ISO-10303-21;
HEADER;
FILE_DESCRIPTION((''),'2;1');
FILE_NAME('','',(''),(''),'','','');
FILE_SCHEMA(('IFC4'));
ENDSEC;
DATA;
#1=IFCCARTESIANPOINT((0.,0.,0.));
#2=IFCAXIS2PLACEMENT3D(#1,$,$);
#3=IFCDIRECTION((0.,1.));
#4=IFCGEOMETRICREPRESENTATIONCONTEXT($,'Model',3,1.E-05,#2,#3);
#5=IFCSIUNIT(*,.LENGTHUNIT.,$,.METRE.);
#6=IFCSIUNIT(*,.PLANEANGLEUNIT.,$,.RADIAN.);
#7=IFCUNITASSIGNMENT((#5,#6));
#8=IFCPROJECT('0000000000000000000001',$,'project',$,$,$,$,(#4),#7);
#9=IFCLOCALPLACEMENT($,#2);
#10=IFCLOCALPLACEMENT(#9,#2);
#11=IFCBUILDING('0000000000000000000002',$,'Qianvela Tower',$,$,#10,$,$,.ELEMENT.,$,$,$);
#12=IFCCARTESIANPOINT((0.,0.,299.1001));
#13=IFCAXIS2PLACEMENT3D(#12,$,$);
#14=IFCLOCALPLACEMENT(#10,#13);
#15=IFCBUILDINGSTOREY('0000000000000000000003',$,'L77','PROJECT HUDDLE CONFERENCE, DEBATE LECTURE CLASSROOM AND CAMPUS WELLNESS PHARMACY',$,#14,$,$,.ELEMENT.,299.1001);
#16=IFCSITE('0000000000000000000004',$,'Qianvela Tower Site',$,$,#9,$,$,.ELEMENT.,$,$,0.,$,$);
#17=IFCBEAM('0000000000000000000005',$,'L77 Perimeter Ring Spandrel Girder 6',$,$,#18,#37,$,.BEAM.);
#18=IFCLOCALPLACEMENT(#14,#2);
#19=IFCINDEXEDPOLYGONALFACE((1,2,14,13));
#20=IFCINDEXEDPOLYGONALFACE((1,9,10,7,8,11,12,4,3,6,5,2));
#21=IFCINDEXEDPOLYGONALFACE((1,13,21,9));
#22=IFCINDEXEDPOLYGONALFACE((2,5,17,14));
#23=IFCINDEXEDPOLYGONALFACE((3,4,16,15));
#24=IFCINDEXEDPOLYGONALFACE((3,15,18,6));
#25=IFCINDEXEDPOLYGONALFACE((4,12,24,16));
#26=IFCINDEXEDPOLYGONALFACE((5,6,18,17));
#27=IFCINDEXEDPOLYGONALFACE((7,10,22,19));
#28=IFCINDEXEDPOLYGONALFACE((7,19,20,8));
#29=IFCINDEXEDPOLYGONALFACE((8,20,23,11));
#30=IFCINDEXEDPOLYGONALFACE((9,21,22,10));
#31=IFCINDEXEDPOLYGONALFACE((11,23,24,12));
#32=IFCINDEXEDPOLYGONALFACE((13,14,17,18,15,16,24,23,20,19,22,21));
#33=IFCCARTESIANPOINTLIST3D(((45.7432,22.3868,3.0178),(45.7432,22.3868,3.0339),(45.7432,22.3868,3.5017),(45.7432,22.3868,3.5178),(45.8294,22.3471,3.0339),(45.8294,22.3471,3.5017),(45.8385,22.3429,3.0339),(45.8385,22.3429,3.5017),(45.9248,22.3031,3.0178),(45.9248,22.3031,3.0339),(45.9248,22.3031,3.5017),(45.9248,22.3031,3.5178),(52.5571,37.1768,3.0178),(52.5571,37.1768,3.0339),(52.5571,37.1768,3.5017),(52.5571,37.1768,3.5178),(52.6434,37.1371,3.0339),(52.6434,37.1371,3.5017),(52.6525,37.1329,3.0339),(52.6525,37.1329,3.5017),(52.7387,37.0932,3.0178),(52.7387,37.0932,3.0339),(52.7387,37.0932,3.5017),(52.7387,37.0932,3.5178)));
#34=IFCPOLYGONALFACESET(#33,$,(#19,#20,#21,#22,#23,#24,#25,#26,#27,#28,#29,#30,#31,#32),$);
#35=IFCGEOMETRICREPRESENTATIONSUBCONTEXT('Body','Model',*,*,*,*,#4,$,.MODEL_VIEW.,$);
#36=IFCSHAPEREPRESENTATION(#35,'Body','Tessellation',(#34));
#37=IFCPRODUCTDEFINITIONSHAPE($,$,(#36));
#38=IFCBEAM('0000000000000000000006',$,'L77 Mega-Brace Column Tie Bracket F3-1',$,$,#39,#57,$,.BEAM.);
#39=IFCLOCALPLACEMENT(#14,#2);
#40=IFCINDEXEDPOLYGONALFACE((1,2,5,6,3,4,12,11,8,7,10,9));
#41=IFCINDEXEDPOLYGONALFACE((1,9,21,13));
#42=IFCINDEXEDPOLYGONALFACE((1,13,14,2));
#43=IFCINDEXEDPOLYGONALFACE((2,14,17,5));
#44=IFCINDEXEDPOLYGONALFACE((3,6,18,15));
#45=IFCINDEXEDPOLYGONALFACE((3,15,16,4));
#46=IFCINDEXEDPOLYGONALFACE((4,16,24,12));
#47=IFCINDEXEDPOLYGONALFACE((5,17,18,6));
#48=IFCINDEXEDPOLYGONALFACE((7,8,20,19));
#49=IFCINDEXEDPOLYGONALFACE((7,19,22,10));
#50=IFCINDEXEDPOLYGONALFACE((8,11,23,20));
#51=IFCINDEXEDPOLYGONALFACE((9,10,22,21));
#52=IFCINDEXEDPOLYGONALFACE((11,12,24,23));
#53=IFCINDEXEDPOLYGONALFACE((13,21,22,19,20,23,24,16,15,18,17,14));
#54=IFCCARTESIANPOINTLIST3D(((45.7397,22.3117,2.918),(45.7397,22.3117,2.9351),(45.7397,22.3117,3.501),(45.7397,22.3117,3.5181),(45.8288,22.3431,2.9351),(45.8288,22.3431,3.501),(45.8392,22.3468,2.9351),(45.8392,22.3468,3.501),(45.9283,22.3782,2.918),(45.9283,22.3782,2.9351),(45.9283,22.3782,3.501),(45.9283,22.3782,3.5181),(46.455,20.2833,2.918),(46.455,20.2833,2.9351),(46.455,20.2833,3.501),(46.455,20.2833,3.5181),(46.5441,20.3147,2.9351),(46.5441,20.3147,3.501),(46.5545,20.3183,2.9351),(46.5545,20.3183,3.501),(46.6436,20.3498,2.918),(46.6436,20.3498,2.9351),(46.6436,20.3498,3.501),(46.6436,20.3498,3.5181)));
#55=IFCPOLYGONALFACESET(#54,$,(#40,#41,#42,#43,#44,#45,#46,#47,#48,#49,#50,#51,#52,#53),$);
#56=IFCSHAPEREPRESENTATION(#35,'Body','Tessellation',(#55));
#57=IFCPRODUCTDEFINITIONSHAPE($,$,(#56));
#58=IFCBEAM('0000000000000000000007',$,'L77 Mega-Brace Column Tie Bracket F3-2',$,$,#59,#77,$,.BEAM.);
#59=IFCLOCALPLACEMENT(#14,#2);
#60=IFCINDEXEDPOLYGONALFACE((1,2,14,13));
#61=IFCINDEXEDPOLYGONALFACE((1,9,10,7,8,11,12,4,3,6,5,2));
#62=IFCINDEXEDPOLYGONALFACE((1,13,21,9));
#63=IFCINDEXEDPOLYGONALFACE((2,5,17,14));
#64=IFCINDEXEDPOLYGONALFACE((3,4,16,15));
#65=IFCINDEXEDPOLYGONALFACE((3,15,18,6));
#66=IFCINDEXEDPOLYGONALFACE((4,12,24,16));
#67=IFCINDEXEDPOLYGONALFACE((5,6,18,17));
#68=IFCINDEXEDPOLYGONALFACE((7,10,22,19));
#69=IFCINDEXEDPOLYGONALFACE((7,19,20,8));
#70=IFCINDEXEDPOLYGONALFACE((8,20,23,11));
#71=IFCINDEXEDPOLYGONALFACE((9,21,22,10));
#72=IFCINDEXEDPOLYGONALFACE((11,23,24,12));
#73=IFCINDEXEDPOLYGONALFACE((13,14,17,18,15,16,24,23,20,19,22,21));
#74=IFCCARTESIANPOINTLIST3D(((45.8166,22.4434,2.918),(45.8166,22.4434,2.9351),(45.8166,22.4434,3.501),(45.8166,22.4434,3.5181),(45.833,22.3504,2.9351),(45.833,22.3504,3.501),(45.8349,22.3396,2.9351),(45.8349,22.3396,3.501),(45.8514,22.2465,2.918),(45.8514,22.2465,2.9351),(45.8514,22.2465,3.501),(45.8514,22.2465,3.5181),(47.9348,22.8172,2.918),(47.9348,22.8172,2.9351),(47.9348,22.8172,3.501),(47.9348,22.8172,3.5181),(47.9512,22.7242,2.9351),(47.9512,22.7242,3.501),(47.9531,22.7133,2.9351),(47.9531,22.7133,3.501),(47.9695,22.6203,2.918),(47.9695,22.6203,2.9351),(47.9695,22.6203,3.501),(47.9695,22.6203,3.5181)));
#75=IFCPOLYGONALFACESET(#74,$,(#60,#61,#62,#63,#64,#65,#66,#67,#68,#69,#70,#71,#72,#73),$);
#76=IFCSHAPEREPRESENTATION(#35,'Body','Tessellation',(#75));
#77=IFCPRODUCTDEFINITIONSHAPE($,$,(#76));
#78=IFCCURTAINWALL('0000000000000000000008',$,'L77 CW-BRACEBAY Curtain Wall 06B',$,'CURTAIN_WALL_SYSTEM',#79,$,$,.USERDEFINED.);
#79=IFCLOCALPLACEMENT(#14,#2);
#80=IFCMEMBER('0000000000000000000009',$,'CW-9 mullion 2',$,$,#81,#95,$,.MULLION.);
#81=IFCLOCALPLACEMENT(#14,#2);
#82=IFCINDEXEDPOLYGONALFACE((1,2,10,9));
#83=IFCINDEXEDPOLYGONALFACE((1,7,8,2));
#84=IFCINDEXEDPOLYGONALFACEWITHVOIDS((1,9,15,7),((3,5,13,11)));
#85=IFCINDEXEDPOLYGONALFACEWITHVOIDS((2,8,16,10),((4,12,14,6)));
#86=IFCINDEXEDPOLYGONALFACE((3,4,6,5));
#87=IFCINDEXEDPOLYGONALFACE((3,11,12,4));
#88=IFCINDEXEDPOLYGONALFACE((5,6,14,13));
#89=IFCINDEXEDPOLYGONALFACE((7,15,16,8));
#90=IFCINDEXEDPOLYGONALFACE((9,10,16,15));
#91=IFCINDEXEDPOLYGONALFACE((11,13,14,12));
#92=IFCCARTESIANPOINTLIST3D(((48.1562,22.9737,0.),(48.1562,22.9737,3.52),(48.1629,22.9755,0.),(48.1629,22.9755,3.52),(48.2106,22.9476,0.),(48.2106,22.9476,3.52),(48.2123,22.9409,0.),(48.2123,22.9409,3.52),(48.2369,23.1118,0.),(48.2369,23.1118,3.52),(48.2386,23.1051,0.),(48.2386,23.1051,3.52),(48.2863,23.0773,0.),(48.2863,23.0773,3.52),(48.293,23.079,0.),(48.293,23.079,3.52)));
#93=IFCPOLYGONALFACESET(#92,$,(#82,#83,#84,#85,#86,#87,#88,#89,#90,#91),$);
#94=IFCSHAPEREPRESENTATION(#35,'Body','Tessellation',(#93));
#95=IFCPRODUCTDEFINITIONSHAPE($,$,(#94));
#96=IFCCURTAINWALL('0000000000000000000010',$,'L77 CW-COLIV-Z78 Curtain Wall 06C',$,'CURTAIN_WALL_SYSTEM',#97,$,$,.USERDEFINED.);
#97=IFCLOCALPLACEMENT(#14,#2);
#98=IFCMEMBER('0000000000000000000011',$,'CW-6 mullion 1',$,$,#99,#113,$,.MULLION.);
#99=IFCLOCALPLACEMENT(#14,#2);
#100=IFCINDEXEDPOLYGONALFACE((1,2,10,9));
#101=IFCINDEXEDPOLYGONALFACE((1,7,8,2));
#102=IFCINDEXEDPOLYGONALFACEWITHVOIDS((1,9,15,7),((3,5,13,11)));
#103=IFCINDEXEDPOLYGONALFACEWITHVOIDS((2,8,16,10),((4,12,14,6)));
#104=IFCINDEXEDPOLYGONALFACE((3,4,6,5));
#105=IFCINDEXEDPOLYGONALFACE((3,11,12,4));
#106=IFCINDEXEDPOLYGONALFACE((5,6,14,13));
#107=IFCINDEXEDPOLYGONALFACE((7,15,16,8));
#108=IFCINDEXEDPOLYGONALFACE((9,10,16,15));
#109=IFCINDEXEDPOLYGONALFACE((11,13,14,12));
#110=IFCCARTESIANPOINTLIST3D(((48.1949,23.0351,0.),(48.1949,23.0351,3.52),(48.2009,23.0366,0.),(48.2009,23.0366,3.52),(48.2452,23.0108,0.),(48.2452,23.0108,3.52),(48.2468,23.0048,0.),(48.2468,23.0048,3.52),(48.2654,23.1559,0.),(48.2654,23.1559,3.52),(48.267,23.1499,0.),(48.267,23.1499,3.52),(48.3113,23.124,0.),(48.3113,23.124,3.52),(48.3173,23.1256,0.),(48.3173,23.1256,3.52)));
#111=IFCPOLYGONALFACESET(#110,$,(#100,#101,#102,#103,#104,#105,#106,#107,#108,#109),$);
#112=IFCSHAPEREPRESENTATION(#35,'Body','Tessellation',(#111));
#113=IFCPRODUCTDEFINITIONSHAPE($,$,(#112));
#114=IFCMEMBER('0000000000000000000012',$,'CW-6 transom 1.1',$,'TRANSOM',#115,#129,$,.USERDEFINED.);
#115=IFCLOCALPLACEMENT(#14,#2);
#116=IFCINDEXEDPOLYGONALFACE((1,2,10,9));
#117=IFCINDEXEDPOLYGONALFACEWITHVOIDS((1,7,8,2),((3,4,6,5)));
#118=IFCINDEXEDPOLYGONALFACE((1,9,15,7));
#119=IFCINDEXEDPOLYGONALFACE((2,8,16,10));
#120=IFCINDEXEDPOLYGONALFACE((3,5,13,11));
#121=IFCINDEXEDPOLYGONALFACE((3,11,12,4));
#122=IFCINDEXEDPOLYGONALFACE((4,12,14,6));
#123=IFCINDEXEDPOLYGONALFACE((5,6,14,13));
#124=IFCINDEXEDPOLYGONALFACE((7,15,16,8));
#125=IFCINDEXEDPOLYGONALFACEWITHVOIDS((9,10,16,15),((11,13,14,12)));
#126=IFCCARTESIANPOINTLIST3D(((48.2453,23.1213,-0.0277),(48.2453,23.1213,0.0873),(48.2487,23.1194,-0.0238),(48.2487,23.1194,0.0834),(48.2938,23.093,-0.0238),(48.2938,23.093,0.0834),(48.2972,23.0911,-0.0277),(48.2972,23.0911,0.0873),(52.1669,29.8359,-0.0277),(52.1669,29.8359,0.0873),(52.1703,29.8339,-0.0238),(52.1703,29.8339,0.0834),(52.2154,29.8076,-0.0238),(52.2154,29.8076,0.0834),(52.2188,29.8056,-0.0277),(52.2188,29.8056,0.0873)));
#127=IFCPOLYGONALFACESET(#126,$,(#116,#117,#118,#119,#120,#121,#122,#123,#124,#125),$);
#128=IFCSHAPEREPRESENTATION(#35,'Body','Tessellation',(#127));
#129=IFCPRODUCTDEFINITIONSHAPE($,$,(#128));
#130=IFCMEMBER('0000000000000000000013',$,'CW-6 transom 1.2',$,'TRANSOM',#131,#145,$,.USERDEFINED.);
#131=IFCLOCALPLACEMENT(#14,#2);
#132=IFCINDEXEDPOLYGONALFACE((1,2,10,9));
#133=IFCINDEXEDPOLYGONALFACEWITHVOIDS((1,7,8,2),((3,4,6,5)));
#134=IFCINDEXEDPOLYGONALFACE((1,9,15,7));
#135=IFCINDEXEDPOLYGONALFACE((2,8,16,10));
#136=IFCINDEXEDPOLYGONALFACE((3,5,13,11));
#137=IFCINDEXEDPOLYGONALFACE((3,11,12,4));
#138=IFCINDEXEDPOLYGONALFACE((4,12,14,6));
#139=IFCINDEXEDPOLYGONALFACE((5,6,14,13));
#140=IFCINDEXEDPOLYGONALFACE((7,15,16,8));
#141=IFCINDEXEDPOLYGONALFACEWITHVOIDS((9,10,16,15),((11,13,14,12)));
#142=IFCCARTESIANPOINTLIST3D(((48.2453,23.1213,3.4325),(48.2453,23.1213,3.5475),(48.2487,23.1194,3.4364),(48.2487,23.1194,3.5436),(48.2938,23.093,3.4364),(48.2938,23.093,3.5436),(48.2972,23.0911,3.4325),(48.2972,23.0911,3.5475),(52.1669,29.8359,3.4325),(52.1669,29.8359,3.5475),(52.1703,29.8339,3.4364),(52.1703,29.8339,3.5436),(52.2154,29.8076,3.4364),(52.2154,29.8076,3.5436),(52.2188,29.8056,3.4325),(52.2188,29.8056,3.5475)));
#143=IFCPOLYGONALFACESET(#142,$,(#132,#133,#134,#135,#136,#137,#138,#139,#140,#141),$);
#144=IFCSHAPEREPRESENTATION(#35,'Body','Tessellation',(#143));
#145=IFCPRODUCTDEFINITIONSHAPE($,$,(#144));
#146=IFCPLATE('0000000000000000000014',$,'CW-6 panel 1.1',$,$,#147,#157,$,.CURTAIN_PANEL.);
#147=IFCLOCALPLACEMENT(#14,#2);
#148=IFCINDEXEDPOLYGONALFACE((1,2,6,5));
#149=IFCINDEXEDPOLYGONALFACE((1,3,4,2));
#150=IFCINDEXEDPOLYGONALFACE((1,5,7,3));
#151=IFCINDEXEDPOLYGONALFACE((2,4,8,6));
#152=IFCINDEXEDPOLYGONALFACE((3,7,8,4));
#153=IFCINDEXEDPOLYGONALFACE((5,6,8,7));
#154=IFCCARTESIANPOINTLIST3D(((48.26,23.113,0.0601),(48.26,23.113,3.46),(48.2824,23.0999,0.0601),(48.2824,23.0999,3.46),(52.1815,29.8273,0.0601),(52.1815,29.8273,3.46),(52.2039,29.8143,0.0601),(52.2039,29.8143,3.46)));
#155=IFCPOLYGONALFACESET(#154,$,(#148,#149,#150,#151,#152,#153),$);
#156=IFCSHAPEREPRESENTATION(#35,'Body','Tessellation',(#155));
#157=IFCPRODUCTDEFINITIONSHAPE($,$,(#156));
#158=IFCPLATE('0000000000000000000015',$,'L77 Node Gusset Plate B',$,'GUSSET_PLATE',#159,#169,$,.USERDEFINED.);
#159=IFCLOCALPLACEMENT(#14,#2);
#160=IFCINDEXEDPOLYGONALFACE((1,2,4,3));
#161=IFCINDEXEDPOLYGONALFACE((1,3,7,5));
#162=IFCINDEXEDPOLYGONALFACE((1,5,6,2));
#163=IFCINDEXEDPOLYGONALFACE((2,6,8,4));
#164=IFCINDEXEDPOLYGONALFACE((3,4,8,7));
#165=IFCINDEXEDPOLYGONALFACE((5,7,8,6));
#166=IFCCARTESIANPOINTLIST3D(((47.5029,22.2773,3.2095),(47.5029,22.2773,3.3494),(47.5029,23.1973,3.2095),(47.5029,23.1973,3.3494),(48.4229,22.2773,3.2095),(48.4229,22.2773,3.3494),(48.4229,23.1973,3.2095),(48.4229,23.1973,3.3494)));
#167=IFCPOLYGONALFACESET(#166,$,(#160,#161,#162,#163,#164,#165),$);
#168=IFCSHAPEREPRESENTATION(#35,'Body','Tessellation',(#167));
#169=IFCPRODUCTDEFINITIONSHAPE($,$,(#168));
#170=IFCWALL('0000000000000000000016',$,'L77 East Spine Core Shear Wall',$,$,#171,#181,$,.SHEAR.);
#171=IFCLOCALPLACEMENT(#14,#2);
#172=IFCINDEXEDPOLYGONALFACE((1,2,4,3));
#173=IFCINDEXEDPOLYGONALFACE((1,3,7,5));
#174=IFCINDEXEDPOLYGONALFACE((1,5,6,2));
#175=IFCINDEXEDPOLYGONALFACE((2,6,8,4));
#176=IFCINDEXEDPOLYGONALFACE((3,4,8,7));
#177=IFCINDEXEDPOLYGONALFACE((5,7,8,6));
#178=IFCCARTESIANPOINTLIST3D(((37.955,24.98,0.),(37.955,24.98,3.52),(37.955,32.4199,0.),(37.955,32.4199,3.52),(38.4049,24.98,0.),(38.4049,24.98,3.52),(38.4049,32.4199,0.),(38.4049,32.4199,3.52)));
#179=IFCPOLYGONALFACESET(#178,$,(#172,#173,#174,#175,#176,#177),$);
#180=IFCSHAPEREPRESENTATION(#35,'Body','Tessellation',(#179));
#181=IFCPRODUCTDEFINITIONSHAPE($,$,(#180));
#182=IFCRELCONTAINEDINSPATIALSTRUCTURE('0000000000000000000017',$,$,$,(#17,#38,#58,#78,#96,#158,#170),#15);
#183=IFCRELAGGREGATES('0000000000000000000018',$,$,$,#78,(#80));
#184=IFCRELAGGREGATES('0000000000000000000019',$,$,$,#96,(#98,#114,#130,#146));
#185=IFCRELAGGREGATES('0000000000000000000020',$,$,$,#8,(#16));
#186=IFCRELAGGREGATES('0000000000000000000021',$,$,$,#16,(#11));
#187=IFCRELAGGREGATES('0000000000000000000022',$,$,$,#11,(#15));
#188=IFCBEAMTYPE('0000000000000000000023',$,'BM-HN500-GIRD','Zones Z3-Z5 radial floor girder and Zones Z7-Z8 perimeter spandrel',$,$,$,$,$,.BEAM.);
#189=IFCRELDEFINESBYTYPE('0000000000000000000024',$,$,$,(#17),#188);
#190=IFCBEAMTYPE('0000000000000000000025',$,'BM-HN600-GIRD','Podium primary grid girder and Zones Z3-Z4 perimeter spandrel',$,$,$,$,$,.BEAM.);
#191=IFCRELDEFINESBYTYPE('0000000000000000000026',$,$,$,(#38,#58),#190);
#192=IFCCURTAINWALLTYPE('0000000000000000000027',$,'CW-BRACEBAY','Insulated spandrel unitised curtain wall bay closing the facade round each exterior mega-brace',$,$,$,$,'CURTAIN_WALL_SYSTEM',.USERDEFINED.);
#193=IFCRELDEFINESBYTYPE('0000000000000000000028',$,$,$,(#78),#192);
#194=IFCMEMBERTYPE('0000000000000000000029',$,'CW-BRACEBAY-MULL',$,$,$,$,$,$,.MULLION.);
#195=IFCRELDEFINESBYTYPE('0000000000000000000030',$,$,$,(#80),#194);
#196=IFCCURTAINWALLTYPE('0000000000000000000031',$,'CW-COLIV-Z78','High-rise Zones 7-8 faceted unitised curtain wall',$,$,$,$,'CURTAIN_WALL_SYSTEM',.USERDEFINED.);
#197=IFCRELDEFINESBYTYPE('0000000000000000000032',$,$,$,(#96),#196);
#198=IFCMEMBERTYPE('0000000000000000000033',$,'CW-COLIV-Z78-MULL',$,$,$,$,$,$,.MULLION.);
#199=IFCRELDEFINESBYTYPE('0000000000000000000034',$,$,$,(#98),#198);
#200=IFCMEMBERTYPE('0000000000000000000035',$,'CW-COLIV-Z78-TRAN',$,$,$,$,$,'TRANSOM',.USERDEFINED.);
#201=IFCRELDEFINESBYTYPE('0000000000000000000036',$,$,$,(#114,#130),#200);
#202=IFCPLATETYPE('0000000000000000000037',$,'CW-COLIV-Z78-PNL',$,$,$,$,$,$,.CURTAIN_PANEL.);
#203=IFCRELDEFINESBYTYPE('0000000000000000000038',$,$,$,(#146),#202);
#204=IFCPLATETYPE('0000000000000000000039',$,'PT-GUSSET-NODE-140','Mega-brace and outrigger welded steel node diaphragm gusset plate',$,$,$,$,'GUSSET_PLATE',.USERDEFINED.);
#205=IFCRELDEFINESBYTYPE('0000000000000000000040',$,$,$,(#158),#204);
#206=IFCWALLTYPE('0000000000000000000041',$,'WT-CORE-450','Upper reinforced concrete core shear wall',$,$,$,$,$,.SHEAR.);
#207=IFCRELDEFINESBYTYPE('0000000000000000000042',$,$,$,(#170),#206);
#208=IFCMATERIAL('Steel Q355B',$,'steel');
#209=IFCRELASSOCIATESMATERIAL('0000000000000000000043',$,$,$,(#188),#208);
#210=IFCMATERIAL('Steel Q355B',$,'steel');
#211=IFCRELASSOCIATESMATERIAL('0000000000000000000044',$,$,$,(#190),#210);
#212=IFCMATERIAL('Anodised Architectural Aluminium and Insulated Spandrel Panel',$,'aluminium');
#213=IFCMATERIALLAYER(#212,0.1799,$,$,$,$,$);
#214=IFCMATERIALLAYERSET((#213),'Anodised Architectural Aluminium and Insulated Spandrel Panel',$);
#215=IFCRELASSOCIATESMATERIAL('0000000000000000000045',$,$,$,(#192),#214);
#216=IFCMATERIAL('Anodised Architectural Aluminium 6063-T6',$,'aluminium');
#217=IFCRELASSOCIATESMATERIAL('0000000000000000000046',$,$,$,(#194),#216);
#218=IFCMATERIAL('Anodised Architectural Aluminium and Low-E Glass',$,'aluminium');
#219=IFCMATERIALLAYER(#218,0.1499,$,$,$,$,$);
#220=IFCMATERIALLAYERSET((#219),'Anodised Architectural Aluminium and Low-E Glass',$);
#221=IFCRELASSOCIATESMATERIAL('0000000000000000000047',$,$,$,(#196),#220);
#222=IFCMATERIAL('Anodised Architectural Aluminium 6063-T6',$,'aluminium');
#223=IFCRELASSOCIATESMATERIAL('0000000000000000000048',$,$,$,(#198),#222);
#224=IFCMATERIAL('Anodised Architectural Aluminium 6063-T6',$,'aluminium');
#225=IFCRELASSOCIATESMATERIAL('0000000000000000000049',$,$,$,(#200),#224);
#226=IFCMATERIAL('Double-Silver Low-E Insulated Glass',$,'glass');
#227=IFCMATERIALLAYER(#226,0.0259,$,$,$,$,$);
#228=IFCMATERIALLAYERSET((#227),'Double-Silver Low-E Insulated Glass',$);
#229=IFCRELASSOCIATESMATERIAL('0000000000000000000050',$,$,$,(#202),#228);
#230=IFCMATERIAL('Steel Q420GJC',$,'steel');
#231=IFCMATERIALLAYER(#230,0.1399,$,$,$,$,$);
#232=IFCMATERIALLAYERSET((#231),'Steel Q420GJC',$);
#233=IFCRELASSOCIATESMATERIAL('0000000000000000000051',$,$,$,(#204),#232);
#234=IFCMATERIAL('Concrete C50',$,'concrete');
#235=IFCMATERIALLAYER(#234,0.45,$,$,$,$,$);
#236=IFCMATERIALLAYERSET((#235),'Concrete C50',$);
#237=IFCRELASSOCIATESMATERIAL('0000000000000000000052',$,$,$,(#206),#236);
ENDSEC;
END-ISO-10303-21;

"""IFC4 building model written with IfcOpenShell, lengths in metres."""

from ifc_helpers import new_model, si_unit, direction, frame, frame_2d, origin, origin_2d, place, context, subcontext, project, spatial, rectangle, hollow_rectangle, i_section, extrude, material, layer, layer_set, material_profile, profile_set, type_object, element, aggregate, save


model = new_model("IFC4")

# Units and contexts
model_context = context("Model", 3, precision=1e-05, world=origin(), true_north=direction((0.0, 1.0)))
body_context = subcontext(model_context, "Body", "Model", "MODEL_VIEW")
ifc_project = project(units=[si_unit("LENGTHUNIT", "METRE"), si_unit("PLANEANGLEUNIT", "RADIAN")], contexts=[model_context])

# Site, building, storey
site_placement = place(None, origin())
site = spatial("IfcSite", under=ifc_project, at=site_placement, Name="Qianvela Tower Site", CompositionType="ELEMENT", RefElevation=0.0)
building_placement = place(site_placement, origin())
building = spatial("IfcBuilding", under=site, at=building_placement, Name="Qianvela Tower", CompositionType="ELEMENT")
storey_placement = place(building_placement, frame((0.0, 0.0, 299.1001)))
storey = spatial("IfcBuildingStorey", under=building, at=storey_placement, Name="L77", Description="PROJECT HUDDLE CONFERENCE, DEBATE LECTURE CLASSROOM AND CAMPUS WELLNESS PHARMACY", CompositionType="ELEMENT", Elevation=299.1001)

# Beams
ifc_material_1 = material(Name="Steel Q355B", Category="steel")
ifc_material_profile_1 = material_profile(ifc_material_1, i_section(OverallWidth=0.2, OverallDepth=0.5, WebThickness=0.01, FlangeThickness=0.0161, at=origin_2d()), Name="HN500x200x10x16")
ifc_profile_set_1 = profile_set([ifc_material_profile_1], Name="Steel Q355B")
beam_type_1 = type_object("IfcBeamType", Name="BM-HN500-GIRD", Description="Zones Z3-Z5 radial floor girder and Zones Z7-Z8 perimeter spandrel", PredefinedType="BEAM", material=ifc_profile_set_1)
beam_placement = place(storey_placement, frame((45.834, 22.345, 3.2678), z_axis=(0.41844, 0.908244, 0.0), x_axis=(-0.908244, 0.41844, 0.0)))
element("IfcBeam", 1, at=beam_placement, inside=storey, type_object=beam_type_1, Name="L77 Perimeter Ring Spandrel Girder 6", PredefinedType="BEAM", context=body_context, shape_type="SweptSolid", body=[
    extrude(i_section(OverallWidth=0.2, OverallDepth=0.5, WebThickness=0.01, FlangeThickness=0.0161, at=origin_2d()), origin(), (0.0, 0.0, 1.0), 16.2842),
])
ifc_material_2 = material(Name="Steel Q355B", Category="steel")
ifc_material_profile_2 = material_profile(ifc_material_2, i_section(OverallWidth=0.2, OverallDepth=0.6001, WebThickness=0.011, FlangeThickness=0.0171, at=origin_2d()), Name="HN600x200x11x17")
ifc_profile_set_2 = profile_set([ifc_material_profile_2], Name="Steel Q355B")
beam_type_2 = type_object("IfcBeamType", Name="BM-HN600-GIRD", Description="Podium primary grid girder and Zones Z3-Z4 perimeter spandrel", PredefinedType="BEAM", material=ifc_profile_set_2)
for number, where, z_axis, x_axis, name in (
    (2, (45.834, 22.345, 3.218), (0.332559, -0.943082, 0.0), (0.943082, 0.332559, 0.0), "L77 Mega-Brace Column Tie Bracket F3-1"),
    (3, (45.834, 22.345, 3.218), (0.984785, 0.173779, 0.0), (-0.173779, 0.984785, 0.0), "L77 Mega-Brace Column Tie Bracket F3-2"),
):
    element("IfcBeam", number, at=place(storey_placement, frame(where, z_axis=z_axis, x_axis=x_axis)), inside=storey, type_object=beam_type_2, Name=name, PredefinedType="BEAM", context=body_context, shape_type="SweptSolid", body=[
        extrude(i_section(OverallWidth=0.2, OverallDepth=0.6001, WebThickness=0.011, FlangeThickness=0.0171, at=origin_2d()), origin(), (0.0, 0.0, 1.0), 2.1509),
    ])

# Curtain wall, member
ifc_material_3 = material(Name="Anodised Architectural Aluminium and Insulated Spandrel Panel", Category="aluminium")
ifc_layer_1 = layer(ifc_material_3, 0.1799)
ifc_layer_set_1 = layer_set([ifc_layer_1], Name="Anodised Architectural Aluminium and Insulated Spandrel Panel")
curtain_wall_type_1 = type_object("IfcCurtainWallType", Name="CW-BRACEBAY", Description="Insulated spandrel unitised curtain wall bay closing the facade round each exterior mega-brace", ElementType="CURTAIN_WALL_SYSTEM", PredefinedType="USERDEFINED", material=ifc_layer_set_1)
curtain_wall_1_placement = place(storey_placement, origin())
curtain_wall_1 = element("IfcCurtainWall", 4, at=curtain_wall_1_placement, inside=storey, type_object=curtain_wall_type_1, Name="L77 CW-BRACEBAY Curtain Wall 06B", ObjectType="CURTAIN_WALL_SYSTEM", PredefinedType="USERDEFINED")
ifc_material_4 = material(Name="Anodised Architectural Aluminium 6063-T6", Category="aluminium")
ifc_material_profile_3 = material_profile(ifc_material_4, hollow_rectangle(XDim=0.0649, YDim=0.1599, WallThickness=0.0049, at=origin_2d()), Name="ALU-MULL-65x160")
ifc_profile_set_3 = profile_set([ifc_material_profile_3], Name="Anodised Architectural Aluminium 6063-T6")
member_type_1 = type_object("IfcMemberType", Name="CW-BRACEBAY-MULL", PredefinedType="MULLION", material=ifc_profile_set_3)
member_1_placement = place(storey_placement, frame((48.2246, 23.0264, 0.0), z_axis=(0.0, 0.0, 1.0), x_axis=(-0.86351, 0.504331, 0.0)))
member_1 = element("IfcMember", 5, at=member_1_placement, type_object=member_type_1, Name="CW-9 mullion 2", PredefinedType="MULLION", context=body_context, shape_type="SweptSolid", body=[
    extrude(hollow_rectangle(XDim=0.0649, YDim=0.1599, WallThickness=0.0049, at=origin_2d()), origin(), (0.0, 0.0, 1.0), 3.52),
])
aggregate(curtain_wall_1, [member_1])

# Curtain wall, members, plate
ifc_material_5 = material(Name="Anodised Architectural Aluminium and Low-E Glass", Category="aluminium")
ifc_layer_2 = layer(ifc_material_5, 0.1499)
ifc_layer_set_2 = layer_set([ifc_layer_2], Name="Anodised Architectural Aluminium and Low-E Glass")
curtain_wall_type_2 = type_object("IfcCurtainWallType", Name="CW-COLIV-Z78", Description="High-rise Zones 7-8 faceted unitised curtain wall", ElementType="CURTAIN_WALL_SYSTEM", PredefinedType="USERDEFINED", material=ifc_layer_set_2)
curtain_wall_2_placement = place(storey_placement, origin())
curtain_wall_2 = element("IfcCurtainWall", 6, at=curtain_wall_2_placement, inside=storey, type_object=curtain_wall_type_2, Name="L77 CW-COLIV-Z78 Curtain Wall 06C", ObjectType="CURTAIN_WALL_SYSTEM", PredefinedType="USERDEFINED")
ifc_material_6 = material(Name="Anodised Architectural Aluminium 6063-T6", Category="aluminium")
ifc_material_profile_4 = material_profile(ifc_material_6, hollow_rectangle(XDim=0.0601, YDim=0.1399, WallThickness=0.0044, at=origin_2d()), Name="ALU-MULL-60x140")
ifc_profile_set_4 = profile_set([ifc_material_profile_4], Name="Anodised Architectural Aluminium 6063-T6")
member_type_2 = type_object("IfcMemberType", Name="CW-COLIV-Z78-MULL", PredefinedType="MULLION", material=ifc_profile_set_4)
member_2_placement = place(storey_placement, frame((48.2561, 23.0803, 0.0), z_axis=(0.0, 0.0, 1.0), x_axis=(-0.86351, 0.504332, 0.0)))
member_2 = element("IfcMember", 7, at=member_2_placement, type_object=member_type_2, Name="CW-6 mullion 1", PredefinedType="MULLION", context=body_context, shape_type="SweptSolid", body=[
    extrude(hollow_rectangle(XDim=0.0601, YDim=0.1399, WallThickness=0.0044, at=origin_2d()), origin(), (0.0, 0.0, 1.0), 3.52),
])
ifc_material_7 = material(Name="Anodised Architectural Aluminium 6063-T6", Category="aluminium")
ifc_material_profile_5 = material_profile(ifc_material_7, hollow_rectangle(XDim=0.0601, YDim=0.115, WallThickness=0.0039, at=origin_2d()), Name="ALU-TRAN-60x115")
ifc_profile_set_5 = profile_set([ifc_material_profile_5], Name="Anodised Architectural Aluminium 6063-T6")
member_type_3 = type_object("IfcMemberType", Name="CW-COLIV-Z78-TRAN", ElementType="TRANSOM", PredefinedType="USERDEFINED", material=ifc_profile_set_5)
member_3_placement = place(storey_placement, frame((48.2712, 23.1062, 0.0298), z_axis=(0.50433, 0.863511, 0.0), x_axis=(-0.863511, 0.50433, 0.0)))
member_3 = element("IfcMember", 8, at=member_3_placement, type_object=member_type_3, Name="CW-6 transom 1.1", ObjectType="TRANSOM", PredefinedType="USERDEFINED", context=body_context, shape_type="SweptSolid", body=[
    extrude(hollow_rectangle(XDim=0.0601, YDim=0.115, WallThickness=0.0039, at=origin_2d()), origin(), (0.0, 0.0, 1.0), 7.7759),
])
member_4_placement = place(storey_placement, frame((48.2712, 23.1062, 3.49), z_axis=(0.50433, 0.863511, 0.0), x_axis=(-0.863511, 0.50433, 0.0)))
member_4 = element("IfcMember", 9, at=member_4_placement, type_object=member_type_3, Name="CW-6 transom 1.2", ObjectType="TRANSOM", PredefinedType="USERDEFINED", context=body_context, shape_type="SweptSolid", body=[
    extrude(hollow_rectangle(XDim=0.0601, YDim=0.115, WallThickness=0.0039, at=origin_2d()), origin(), (0.0, 0.0, 1.0), 7.7759),
])
ifc_material_8 = material(Name="Double-Silver Low-E Insulated Glass", Category="glass")
ifc_layer_3 = layer(ifc_material_8, 0.0259)
ifc_layer_set_3 = layer_set([ifc_layer_3], Name="Double-Silver Low-E Insulated Glass")
plate_type_1 = type_object("IfcPlateType", Name="CW-COLIV-Z78-PNL", PredefinedType="CURTAIN_PANEL", material=ifc_layer_set_3)
plate_1_placement = place(storey_placement, frame((50.2319, 26.4636, 0.0601), z_axis=(0.0, 0.0, 1.0), x_axis=(0.504332, 0.86351, 0.0)))
plate_1 = element("IfcPlate", 10, at=plate_1_placement, type_object=plate_type_1, Name="CW-6 panel 1.1", PredefinedType="CURTAIN_PANEL", context=body_context, shape_type="SweptSolid", body=[
    extrude(rectangle(XDim=7.7756, YDim=0.0259, at=origin_2d()), origin(), (0.0, 0.0, 1.0), 3.3999),
])
aggregate(curtain_wall_2, [member_2, member_3, member_4, plate_1])

# Plate
ifc_material_9 = material(Name="Steel Q420GJC", Category="steel")
ifc_layer_4 = layer(ifc_material_9, 0.1399)
ifc_layer_set_4 = layer_set([ifc_layer_4], Name="Steel Q420GJC")
plate_type_2 = type_object("IfcPlateType", Name="PT-GUSSET-NODE-140", Description="Mega-brace and outrigger welded steel node diaphragm gusset plate", ElementType="GUSSET_PLATE", PredefinedType="USERDEFINED", material=ifc_layer_set_4)
plate_2_placement = place(storey_placement, frame((47.9629, 22.7373, 3.2095), z_axis=(0.0, 0.0, 1.0), x_axis=(1.0, 0.0, 0.0)))
element("IfcPlate", 11, at=plate_2_placement, inside=storey, type_object=plate_type_2, Name="L77 Node Gusset Plate B", ObjectType="GUSSET_PLATE", PredefinedType="USERDEFINED", context=body_context, shape_type="SweptSolid", body=[
    extrude(rectangle(XDim=0.9199, YDim=0.9199, at=origin_2d()), origin(), (0.0, 0.0, 1.0), 0.1399),
])

# Wall
ifc_material_10 = material(Name="Concrete C50", Category="concrete")
ifc_layer_5 = layer(ifc_material_10, 0.45)
ifc_layer_set_5 = layer_set([ifc_layer_5], Name="Concrete C50")
wall_type_1 = type_object("IfcWallType", Name="WT-CORE-450", Description="Upper reinforced concrete core shear wall", PredefinedType="SHEAR", material=ifc_layer_set_5)
wall_1_placement = place(storey_placement, frame((38.1799, 24.98, 0.0), z_axis=(0.0, 0.0, 1.0), x_axis=(0.0, 1.0, 0.0)))
element("IfcWall", 12, at=wall_1_placement, inside=storey, type_object=wall_type_1, Name="L77 East Spine Core Shear Wall", PredefinedType="SHEAR", context=body_context, shape_type="SweptSolid", body=[
    extrude(rectangle(XDim=7.4399, YDim=0.45, at=frame_2d((3.72, 0.0))), origin(), (0.0, 0.0, 1.0), 3.52),
])

save(model, "model.ifc")
